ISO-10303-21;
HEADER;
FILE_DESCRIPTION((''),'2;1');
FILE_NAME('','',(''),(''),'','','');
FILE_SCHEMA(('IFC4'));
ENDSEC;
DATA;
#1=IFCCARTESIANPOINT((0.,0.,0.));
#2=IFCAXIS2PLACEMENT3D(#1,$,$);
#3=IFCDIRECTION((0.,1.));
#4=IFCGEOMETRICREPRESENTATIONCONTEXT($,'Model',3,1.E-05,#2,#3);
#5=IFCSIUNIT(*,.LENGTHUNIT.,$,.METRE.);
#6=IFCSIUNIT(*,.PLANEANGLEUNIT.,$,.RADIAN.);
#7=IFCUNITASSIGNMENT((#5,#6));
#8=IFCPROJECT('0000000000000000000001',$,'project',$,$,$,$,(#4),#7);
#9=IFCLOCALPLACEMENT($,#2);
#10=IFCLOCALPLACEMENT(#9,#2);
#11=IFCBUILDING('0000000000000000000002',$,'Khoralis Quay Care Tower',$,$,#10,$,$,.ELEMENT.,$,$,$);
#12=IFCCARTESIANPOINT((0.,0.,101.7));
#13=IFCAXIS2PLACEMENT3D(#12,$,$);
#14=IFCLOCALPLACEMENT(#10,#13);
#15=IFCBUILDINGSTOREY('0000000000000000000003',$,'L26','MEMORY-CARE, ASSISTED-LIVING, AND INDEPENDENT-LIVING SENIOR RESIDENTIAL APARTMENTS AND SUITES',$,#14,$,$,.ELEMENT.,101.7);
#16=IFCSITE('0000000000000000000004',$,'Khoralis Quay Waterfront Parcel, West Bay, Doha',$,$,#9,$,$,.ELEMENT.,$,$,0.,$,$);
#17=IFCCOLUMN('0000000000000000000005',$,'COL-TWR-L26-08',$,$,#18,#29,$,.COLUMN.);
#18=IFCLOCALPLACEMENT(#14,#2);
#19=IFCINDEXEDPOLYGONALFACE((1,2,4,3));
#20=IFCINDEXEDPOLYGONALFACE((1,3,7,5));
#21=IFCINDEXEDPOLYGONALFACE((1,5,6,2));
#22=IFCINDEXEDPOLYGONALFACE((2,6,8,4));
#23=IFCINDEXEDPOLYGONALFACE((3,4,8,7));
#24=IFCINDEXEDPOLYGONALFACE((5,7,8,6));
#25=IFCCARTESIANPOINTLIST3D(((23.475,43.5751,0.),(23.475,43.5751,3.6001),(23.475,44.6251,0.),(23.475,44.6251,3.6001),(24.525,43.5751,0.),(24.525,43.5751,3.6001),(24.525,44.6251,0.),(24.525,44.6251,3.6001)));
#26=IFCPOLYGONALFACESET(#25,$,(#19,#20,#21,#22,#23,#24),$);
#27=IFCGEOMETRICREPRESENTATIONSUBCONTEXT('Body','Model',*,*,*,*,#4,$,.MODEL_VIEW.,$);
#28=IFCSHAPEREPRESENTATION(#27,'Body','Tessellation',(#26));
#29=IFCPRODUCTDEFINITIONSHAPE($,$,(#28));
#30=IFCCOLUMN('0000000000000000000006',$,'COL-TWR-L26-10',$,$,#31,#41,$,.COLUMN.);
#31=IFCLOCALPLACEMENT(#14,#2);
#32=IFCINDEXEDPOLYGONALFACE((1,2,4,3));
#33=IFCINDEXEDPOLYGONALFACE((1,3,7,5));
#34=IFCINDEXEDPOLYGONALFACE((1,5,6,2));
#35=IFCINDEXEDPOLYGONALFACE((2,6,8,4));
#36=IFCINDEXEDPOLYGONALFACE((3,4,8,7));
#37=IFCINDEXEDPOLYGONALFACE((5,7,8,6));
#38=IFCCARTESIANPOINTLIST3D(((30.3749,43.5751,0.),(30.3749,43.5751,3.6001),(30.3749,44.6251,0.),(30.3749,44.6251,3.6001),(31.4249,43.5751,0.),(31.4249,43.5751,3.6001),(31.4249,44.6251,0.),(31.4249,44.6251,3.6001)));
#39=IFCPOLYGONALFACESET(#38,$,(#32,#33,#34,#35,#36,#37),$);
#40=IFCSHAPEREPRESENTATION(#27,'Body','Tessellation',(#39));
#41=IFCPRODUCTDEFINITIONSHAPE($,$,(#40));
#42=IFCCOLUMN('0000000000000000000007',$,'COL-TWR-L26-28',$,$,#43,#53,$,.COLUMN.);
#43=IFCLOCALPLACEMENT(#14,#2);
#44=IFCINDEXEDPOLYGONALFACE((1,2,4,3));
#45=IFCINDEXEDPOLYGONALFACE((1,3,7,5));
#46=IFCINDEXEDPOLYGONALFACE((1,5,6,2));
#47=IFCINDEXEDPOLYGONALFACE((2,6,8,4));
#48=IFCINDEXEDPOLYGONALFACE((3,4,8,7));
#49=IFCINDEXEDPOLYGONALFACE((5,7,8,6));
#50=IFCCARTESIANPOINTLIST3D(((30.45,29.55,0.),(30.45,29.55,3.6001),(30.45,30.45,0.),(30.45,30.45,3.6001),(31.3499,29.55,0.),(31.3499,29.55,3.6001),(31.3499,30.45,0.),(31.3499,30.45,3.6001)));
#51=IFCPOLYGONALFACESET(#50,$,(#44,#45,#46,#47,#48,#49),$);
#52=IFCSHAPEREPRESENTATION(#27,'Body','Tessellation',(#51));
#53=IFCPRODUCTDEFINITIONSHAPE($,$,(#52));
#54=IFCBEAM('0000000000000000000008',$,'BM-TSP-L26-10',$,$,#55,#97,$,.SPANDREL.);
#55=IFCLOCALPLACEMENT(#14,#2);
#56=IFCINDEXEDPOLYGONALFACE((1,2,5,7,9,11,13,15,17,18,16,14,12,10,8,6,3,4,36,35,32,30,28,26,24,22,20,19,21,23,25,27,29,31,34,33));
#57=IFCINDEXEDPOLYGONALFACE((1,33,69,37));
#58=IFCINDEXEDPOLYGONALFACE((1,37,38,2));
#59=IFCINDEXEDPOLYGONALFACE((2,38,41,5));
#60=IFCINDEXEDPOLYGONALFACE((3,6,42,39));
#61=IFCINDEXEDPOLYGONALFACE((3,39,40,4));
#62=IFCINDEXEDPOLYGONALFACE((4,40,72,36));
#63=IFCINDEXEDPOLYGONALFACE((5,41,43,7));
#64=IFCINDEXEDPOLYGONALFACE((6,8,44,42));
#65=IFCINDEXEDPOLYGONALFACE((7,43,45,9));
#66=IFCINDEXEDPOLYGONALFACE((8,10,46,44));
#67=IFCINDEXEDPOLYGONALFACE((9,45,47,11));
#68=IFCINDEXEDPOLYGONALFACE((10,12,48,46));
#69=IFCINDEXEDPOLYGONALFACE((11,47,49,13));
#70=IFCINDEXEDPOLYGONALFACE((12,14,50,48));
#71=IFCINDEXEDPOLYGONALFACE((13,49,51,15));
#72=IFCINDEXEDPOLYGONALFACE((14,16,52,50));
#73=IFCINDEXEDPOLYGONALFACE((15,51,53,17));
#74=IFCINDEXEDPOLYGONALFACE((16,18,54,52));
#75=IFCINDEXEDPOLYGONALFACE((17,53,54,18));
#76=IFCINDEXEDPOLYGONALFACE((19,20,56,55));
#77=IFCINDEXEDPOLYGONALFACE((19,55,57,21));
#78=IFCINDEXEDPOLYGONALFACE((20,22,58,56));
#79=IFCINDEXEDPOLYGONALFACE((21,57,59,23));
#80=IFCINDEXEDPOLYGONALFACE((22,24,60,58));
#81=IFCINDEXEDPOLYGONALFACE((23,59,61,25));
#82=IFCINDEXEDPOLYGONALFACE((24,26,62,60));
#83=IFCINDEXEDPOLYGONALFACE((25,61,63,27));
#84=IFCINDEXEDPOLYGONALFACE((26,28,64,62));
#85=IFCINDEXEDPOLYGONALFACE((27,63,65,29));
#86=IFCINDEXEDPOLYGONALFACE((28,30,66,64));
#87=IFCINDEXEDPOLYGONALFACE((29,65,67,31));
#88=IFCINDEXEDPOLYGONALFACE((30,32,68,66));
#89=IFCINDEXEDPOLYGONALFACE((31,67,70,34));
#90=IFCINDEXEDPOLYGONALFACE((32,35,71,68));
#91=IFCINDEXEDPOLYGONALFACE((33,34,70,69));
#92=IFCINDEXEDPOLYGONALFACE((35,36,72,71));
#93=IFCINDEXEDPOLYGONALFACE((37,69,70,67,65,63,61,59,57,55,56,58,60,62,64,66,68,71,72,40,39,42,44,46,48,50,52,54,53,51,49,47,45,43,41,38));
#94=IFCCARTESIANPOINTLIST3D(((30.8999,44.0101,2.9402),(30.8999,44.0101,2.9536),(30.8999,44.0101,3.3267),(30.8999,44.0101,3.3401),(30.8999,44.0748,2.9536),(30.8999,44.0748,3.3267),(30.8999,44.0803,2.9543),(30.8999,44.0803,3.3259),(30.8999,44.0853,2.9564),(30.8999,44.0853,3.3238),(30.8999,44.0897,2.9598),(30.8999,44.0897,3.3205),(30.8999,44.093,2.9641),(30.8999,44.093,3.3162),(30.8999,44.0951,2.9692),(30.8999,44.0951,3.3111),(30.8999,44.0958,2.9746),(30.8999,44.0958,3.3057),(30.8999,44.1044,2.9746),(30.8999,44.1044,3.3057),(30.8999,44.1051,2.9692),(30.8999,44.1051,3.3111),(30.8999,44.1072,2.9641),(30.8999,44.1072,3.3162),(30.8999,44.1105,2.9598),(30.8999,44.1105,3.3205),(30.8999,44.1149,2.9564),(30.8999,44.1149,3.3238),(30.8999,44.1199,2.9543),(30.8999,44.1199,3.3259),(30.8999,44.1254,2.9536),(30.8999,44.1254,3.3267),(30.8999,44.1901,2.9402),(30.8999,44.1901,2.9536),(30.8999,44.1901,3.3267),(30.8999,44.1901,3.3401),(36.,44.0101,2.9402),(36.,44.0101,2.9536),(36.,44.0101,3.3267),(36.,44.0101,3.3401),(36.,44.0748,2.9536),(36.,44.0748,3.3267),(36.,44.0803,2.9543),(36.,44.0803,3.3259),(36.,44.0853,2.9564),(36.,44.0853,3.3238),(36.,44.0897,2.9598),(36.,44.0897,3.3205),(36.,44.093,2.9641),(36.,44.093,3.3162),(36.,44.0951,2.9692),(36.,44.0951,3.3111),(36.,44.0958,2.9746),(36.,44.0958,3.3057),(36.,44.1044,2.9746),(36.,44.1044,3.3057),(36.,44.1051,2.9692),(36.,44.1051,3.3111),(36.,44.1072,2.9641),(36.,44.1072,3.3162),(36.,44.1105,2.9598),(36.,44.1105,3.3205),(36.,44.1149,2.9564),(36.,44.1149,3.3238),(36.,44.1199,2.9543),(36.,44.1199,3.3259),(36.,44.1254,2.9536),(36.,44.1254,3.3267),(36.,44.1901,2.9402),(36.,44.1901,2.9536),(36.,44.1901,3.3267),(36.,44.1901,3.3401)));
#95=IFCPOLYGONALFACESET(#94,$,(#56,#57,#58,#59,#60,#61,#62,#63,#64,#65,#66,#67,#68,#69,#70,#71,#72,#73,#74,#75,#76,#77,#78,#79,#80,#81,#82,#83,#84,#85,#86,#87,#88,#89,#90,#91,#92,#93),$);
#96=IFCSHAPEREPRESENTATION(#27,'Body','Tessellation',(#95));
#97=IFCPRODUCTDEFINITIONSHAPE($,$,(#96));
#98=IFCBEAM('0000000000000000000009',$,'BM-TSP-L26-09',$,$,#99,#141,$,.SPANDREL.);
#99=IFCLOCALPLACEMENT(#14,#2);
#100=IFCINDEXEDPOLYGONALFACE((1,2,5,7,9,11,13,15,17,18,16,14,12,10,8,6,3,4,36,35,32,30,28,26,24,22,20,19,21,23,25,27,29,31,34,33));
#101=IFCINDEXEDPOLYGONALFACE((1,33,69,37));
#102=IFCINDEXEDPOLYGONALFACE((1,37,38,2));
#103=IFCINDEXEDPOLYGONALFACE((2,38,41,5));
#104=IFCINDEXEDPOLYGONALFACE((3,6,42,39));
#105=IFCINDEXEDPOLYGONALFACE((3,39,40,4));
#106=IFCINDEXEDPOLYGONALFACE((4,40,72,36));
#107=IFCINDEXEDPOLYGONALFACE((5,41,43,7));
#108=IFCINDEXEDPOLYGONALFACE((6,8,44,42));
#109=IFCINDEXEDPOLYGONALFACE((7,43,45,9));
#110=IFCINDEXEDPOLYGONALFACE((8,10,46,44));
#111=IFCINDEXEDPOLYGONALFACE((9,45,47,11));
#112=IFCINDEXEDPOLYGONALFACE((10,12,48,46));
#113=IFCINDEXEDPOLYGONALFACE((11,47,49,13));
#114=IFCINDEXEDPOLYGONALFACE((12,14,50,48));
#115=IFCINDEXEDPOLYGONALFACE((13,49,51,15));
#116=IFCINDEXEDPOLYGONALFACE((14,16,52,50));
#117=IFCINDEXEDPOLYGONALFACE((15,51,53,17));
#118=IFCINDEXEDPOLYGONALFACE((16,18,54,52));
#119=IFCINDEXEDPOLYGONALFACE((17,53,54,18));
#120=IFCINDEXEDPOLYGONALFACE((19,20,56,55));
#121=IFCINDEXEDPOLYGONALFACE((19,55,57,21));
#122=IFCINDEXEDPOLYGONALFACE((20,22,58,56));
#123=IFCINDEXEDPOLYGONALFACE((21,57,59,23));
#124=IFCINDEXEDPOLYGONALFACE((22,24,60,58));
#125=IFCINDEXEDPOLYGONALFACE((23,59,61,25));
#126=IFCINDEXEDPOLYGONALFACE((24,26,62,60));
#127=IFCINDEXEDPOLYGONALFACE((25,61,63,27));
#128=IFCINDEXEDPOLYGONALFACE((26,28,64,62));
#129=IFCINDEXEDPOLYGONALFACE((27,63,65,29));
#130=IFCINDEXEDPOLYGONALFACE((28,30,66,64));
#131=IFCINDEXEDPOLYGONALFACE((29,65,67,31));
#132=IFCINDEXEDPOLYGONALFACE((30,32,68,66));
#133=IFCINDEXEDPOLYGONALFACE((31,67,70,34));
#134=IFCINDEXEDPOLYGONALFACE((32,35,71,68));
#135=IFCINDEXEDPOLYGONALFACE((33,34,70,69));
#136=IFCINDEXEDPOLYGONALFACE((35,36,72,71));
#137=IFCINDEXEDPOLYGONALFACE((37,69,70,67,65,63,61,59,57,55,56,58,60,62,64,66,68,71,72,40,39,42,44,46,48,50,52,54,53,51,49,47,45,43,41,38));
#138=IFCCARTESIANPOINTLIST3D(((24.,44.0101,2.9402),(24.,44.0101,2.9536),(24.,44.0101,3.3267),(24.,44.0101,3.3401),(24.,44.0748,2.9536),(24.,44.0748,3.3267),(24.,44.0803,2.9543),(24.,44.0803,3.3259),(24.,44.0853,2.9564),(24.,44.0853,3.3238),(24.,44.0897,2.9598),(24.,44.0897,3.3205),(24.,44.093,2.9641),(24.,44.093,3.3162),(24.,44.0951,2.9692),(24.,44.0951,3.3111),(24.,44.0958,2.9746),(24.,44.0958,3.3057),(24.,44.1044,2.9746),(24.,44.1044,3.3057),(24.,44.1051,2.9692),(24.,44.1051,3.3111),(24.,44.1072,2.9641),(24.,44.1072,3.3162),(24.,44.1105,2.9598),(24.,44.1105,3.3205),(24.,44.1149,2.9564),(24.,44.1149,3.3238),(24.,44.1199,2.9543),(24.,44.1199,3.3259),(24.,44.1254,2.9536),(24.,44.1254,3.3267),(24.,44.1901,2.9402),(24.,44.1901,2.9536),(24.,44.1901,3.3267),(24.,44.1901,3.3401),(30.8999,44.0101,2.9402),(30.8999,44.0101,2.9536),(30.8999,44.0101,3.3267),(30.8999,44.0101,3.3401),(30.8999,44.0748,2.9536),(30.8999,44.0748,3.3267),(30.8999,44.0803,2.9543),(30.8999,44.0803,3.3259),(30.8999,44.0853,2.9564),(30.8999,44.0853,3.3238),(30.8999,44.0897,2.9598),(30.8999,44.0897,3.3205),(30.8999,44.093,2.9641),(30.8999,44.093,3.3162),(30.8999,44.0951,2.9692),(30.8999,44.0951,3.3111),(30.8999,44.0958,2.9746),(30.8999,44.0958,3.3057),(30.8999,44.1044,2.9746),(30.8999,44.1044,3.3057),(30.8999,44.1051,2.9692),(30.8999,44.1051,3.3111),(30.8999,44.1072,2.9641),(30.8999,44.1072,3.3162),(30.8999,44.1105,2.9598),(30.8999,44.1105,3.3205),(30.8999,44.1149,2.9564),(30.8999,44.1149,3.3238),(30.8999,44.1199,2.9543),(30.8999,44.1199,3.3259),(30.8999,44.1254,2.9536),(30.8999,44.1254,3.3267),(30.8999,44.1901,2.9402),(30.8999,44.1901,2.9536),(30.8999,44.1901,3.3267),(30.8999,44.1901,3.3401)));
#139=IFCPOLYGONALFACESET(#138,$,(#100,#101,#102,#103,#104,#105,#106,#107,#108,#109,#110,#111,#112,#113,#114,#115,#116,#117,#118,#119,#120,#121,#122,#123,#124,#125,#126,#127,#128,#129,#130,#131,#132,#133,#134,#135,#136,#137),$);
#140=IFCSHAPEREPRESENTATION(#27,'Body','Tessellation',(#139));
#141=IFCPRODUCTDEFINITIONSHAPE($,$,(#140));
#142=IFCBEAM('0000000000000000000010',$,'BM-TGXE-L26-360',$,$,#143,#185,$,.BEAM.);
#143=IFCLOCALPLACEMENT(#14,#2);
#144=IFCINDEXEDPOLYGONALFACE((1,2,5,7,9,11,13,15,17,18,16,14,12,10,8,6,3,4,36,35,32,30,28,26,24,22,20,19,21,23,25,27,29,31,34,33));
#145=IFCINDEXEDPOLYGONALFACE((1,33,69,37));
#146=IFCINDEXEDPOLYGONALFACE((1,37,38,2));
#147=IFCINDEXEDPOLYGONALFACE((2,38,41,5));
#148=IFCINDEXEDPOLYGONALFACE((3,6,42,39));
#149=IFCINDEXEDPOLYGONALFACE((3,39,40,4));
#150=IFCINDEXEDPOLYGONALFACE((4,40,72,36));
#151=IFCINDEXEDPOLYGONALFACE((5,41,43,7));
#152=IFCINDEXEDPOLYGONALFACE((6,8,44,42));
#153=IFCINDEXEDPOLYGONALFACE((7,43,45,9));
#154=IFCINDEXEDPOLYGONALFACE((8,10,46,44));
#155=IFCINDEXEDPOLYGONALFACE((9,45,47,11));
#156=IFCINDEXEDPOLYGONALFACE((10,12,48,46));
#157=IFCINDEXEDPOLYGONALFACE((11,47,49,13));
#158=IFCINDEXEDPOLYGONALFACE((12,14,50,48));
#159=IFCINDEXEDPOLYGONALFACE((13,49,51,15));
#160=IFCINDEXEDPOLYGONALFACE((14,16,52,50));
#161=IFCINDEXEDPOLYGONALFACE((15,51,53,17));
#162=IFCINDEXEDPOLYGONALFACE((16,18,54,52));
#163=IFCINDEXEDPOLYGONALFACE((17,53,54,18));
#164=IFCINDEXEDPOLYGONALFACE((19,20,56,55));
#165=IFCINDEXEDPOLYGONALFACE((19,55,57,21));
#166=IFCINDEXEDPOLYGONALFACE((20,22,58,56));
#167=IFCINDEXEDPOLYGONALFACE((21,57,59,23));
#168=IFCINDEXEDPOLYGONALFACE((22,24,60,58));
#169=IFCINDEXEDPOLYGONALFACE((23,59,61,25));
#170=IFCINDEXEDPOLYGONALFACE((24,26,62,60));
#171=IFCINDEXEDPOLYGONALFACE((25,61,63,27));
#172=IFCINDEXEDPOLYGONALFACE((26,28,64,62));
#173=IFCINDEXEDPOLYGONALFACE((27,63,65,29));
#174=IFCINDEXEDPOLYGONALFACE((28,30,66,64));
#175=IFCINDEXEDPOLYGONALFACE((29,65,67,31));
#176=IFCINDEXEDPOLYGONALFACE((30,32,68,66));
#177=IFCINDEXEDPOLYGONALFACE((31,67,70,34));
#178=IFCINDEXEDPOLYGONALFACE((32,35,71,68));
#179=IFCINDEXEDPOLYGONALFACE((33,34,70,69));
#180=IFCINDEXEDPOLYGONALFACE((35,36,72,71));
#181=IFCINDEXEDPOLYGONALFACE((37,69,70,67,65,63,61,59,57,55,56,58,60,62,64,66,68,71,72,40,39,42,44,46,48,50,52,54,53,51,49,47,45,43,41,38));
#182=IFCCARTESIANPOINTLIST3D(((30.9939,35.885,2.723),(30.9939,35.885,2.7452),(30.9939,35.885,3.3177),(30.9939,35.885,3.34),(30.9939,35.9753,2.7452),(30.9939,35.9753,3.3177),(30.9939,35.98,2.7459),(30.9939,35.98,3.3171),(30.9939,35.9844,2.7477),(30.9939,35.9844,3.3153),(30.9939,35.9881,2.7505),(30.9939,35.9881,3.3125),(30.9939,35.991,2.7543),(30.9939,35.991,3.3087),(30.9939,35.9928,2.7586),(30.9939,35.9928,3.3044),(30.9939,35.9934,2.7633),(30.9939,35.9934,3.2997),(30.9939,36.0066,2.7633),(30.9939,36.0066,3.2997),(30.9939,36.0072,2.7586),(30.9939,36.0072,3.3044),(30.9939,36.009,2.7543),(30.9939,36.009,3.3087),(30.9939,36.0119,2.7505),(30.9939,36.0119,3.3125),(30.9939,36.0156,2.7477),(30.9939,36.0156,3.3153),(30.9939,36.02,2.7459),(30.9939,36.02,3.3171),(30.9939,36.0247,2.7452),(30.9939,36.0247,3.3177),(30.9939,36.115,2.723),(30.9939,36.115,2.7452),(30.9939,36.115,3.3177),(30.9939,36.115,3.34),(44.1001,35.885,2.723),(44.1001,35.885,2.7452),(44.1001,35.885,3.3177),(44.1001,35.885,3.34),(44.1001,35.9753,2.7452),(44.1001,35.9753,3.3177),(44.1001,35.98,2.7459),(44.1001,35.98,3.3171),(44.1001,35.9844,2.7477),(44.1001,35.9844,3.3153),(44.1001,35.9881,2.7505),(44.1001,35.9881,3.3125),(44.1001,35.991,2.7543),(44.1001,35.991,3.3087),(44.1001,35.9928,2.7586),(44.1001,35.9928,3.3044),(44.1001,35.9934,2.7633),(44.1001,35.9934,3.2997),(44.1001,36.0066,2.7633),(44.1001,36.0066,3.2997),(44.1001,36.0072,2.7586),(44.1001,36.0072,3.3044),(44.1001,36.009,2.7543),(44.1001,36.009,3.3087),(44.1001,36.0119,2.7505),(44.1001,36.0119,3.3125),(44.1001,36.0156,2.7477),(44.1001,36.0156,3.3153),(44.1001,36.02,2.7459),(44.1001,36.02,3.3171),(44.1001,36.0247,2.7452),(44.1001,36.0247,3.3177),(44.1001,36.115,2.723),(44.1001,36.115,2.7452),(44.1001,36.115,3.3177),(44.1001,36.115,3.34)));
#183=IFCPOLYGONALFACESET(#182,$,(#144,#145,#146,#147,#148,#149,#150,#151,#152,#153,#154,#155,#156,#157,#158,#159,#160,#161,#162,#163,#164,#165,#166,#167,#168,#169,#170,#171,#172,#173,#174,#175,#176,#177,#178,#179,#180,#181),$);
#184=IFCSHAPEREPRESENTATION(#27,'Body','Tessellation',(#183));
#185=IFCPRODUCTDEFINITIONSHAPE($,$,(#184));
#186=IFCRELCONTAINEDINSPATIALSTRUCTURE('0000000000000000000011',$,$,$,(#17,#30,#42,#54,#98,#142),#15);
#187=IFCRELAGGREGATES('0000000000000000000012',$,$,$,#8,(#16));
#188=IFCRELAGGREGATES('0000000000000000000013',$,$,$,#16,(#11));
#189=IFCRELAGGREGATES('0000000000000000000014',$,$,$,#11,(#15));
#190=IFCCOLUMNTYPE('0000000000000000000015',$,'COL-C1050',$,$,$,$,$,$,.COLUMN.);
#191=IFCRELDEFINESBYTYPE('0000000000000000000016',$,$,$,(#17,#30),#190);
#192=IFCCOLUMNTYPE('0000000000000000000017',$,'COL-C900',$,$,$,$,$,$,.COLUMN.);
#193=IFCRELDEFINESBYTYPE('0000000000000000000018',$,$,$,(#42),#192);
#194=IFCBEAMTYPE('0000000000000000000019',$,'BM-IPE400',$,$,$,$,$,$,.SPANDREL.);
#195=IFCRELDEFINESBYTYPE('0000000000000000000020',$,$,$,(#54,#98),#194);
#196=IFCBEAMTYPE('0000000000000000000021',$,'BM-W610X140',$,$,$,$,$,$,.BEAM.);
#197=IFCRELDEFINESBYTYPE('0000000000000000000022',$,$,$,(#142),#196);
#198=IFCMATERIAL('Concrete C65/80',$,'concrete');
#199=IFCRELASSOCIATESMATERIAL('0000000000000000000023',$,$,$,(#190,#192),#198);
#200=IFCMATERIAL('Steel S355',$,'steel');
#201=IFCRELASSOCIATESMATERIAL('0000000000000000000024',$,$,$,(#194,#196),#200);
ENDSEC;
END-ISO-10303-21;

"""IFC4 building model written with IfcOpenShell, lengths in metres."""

from ifc_helpers import new_model, si_unit, direction, frame, origin, origin_2d, place, context, subcontext, project, spatial, rectangle, i_section, extrude, source, transform, mapped, material, material_profile, profile_set, type_object, element, save


model = new_model("IFC4")

# Units and contexts
model_context = context("Model", 3, precision=1e-05, world=origin(), true_north=direction((0.0, 1.0)))
body_context = subcontext(model_context, "Body", "Model", "MODEL_VIEW")
ifc_project = project(units=[si_unit("LENGTHUNIT", "METRE"), si_unit("PLANEANGLEUNIT", "RADIAN")], contexts=[model_context])

# Site, building, storey
site_placement = place(None, origin())
site = spatial("IfcSite", under=ifc_project, at=site_placement, Name="Khoralis Quay Waterfront Parcel, West Bay, Doha", CompositionType="ELEMENT", RefElevation=0.0)
building_placement = place(site_placement, origin())
building = spatial("IfcBuilding", under=site, at=building_placement, Name="Khoralis Quay Care Tower", CompositionType="ELEMENT")
storey_placement = place(building_placement, frame((0.0, 0.0, 101.7)))
storey = spatial("IfcBuildingStorey", under=building, at=storey_placement, Name="L26", Description="MEMORY-CARE, ASSISTED-LIVING, AND INDEPENDENT-LIVING SENIOR RESIDENTIAL APARTMENTS AND SUITES", CompositionType="ELEMENT", Elevation=101.7)

# Columns
ifc_material_1 = material(Name="Concrete C65/80", Category="concrete")
ifc_material_profile_1 = material_profile(ifc_material_1, rectangle(XDim=1.05, YDim=1.05, at=origin_2d()), Name="Concrete C65/80")
ifc_profile_set_1 = profile_set([ifc_material_profile_1], Name="Concrete C65/80")
column_type_1 = type_object("IfcColumnType", Name="COL-C1050", PredefinedType="COLUMN", material=ifc_profile_set_1)
shared_shape_1 = source(origin(), body_context, "Body", "SweptSolid", [
    extrude(rectangle(XDim=1.05, YDim=1.05, at=origin_2d()), origin(), (0.0, 0.0, 1.0), 3.6001),
])
for number, where, z_axis, x_axis, name in (
    (1, (24.0, 44.1001, 0.0), (0.0, 0.0, 1.0), (1.0, 0.0, 0.0), "COL-TWR-L26-08"),
    (2, (30.8999, 44.1001, 0.0), (0.0, 0.0, 1.0), (1.0, 0.0, 0.0), "COL-TWR-L26-10"),
):
    element("IfcColumn", number, at=place(storey_placement, frame(where, z_axis=z_axis, x_axis=x_axis)), inside=storey, type_object=column_type_1, Name=name, PredefinedType="COLUMN", context=body_context, shape_type="MappedRepresentation", body=[
        mapped(shared_shape_1, transform((0.0, 0.0, 0.0), scale=1.0)),
    ])
ifc_material_profile_2 = material_profile(ifc_material_1, rectangle(XDim=0.8999, YDim=0.8999, at=origin_2d()), Name="Concrete C65/80")
ifc_profile_set_2 = profile_set([ifc_material_profile_2], Name="Concrete C65/80")
column_type_2 = type_object("IfcColumnType", Name="COL-C900", PredefinedType="COLUMN", material=ifc_profile_set_2)
shared_shape_2 = source(origin(), body_context, "Body", "SweptSolid", [
    extrude(rectangle(XDim=0.8999, YDim=0.8999, at=origin_2d()), origin(), (0.0, 0.0, 1.0), 3.6001),
])
column_placement = place(storey_placement, frame((30.8999, 30.0, 0.0), z_axis=(0.0, 0.0, 1.0), x_axis=(1.0, 0.0, 0.0)))
element("IfcColumn", 3, at=column_placement, inside=storey, type_object=column_type_2, Name="COL-TWR-L26-28", PredefinedType="COLUMN", context=body_context, shape_type="MappedRepresentation", body=[
    mapped(shared_shape_2, transform((0.0, 0.0, 0.0), scale=1.0)),
])

# Beams
ifc_material_2 = material(Name="Steel S355", Category="steel")
ifc_material_profile_3 = material_profile(ifc_material_2, i_section(OverallWidth=0.1799, OverallDepth=0.3999, WebThickness=0.0085, FlangeThickness=0.0134, FilletRadius=0.021, at=origin_2d()), Name="Steel S355")
ifc_profile_set_3 = profile_set([ifc_material_profile_3], Name="Steel S355")
beam_type_1 = type_object("IfcBeamType", Name="BM-IPE400", PredefinedType="SPANDREL", material=ifc_profile_set_3)
shared_shape_3 = source(origin(), body_context, "Body", "SweptSolid", [
    extrude(i_section(OverallWidth=0.1799, OverallDepth=0.3999, WebThickness=0.0085, FlangeThickness=0.0134, FilletRadius=0.021, at=origin_2d()), origin(), (0.0, 0.0, 1.0), 5.1001),
])
beam_1_placement = place(storey_placement, frame((30.8999, 44.1001, 3.1401), z_axis=(1.0, 0.0, 0.0), x_axis=(0.0, 1.0, 0.0)))
element("IfcBeam", 4, at=beam_1_placement, inside=storey, type_object=beam_type_1, Name="BM-TSP-L26-10", PredefinedType="SPANDREL", context=body_context, shape_type="MappedRepresentation", body=[
    mapped(shared_shape_3, transform((0.0, 0.0, 0.0), scale=1.0)),
])
shared_shape_4 = source(origin(), body_context, "Body", "SweptSolid", [
    extrude(i_section(OverallWidth=0.1799, OverallDepth=0.3999, WebThickness=0.0085, FlangeThickness=0.0134, FilletRadius=0.021, at=origin_2d()), origin(), (0.0, 0.0, 1.0), 6.8999),
])
beam_2_placement = place(storey_placement, frame((24.0, 44.1001, 3.1401), z_axis=(1.0, 0.0, 0.0), x_axis=(0.0, 1.0, 0.0)))
element("IfcBeam", 5, at=beam_2_placement, inside=storey, type_object=beam_type_1, Name="BM-TSP-L26-09", PredefinedType="SPANDREL", context=body_context, shape_type="MappedRepresentation", body=[
    mapped(shared_shape_4, transform((0.0, 0.0, 0.0), scale=1.0)),
])
ifc_material_profile_4 = material_profile(ifc_material_2, i_section(OverallWidth=0.23, OverallDepth=0.6169, WebThickness=0.0132, FlangeThickness=0.0222, FilletRadius=0.0181, at=origin_2d()), Name="Steel S355")
ifc_profile_set_4 = profile_set([ifc_material_profile_4], Name="Steel S355")
beam_type_2 = type_object("IfcBeamType", Name="BM-W610X140", PredefinedType="BEAM", material=ifc_profile_set_4)
shared_shape_5 = source(origin(), body_context, "Body", "SweptSolid", [
    extrude(i_section(OverallWidth=0.23, OverallDepth=0.6169, WebThickness=0.0132, FlangeThickness=0.0222, FilletRadius=0.0181, at=origin_2d()), origin(), (0.0, 0.0, 1.0), 13.1062),
])
beam_3_placement = place(storey_placement, frame((30.9939, 36.0, 3.0315), z_axis=(1.0, 0.0, 0.0), x_axis=(0.0, 1.0, 0.0)))
element("IfcBeam", 6, at=beam_3_placement, inside=storey, type_object=beam_type_2, Name="BM-TGXE-L26-360", PredefinedType="BEAM", context=body_context, shape_type="MappedRepresentation", body=[
    mapped(shared_shape_5, transform((0.0, 0.0, 0.0), scale=1.0)),
])

save(model, "model.ifc")
